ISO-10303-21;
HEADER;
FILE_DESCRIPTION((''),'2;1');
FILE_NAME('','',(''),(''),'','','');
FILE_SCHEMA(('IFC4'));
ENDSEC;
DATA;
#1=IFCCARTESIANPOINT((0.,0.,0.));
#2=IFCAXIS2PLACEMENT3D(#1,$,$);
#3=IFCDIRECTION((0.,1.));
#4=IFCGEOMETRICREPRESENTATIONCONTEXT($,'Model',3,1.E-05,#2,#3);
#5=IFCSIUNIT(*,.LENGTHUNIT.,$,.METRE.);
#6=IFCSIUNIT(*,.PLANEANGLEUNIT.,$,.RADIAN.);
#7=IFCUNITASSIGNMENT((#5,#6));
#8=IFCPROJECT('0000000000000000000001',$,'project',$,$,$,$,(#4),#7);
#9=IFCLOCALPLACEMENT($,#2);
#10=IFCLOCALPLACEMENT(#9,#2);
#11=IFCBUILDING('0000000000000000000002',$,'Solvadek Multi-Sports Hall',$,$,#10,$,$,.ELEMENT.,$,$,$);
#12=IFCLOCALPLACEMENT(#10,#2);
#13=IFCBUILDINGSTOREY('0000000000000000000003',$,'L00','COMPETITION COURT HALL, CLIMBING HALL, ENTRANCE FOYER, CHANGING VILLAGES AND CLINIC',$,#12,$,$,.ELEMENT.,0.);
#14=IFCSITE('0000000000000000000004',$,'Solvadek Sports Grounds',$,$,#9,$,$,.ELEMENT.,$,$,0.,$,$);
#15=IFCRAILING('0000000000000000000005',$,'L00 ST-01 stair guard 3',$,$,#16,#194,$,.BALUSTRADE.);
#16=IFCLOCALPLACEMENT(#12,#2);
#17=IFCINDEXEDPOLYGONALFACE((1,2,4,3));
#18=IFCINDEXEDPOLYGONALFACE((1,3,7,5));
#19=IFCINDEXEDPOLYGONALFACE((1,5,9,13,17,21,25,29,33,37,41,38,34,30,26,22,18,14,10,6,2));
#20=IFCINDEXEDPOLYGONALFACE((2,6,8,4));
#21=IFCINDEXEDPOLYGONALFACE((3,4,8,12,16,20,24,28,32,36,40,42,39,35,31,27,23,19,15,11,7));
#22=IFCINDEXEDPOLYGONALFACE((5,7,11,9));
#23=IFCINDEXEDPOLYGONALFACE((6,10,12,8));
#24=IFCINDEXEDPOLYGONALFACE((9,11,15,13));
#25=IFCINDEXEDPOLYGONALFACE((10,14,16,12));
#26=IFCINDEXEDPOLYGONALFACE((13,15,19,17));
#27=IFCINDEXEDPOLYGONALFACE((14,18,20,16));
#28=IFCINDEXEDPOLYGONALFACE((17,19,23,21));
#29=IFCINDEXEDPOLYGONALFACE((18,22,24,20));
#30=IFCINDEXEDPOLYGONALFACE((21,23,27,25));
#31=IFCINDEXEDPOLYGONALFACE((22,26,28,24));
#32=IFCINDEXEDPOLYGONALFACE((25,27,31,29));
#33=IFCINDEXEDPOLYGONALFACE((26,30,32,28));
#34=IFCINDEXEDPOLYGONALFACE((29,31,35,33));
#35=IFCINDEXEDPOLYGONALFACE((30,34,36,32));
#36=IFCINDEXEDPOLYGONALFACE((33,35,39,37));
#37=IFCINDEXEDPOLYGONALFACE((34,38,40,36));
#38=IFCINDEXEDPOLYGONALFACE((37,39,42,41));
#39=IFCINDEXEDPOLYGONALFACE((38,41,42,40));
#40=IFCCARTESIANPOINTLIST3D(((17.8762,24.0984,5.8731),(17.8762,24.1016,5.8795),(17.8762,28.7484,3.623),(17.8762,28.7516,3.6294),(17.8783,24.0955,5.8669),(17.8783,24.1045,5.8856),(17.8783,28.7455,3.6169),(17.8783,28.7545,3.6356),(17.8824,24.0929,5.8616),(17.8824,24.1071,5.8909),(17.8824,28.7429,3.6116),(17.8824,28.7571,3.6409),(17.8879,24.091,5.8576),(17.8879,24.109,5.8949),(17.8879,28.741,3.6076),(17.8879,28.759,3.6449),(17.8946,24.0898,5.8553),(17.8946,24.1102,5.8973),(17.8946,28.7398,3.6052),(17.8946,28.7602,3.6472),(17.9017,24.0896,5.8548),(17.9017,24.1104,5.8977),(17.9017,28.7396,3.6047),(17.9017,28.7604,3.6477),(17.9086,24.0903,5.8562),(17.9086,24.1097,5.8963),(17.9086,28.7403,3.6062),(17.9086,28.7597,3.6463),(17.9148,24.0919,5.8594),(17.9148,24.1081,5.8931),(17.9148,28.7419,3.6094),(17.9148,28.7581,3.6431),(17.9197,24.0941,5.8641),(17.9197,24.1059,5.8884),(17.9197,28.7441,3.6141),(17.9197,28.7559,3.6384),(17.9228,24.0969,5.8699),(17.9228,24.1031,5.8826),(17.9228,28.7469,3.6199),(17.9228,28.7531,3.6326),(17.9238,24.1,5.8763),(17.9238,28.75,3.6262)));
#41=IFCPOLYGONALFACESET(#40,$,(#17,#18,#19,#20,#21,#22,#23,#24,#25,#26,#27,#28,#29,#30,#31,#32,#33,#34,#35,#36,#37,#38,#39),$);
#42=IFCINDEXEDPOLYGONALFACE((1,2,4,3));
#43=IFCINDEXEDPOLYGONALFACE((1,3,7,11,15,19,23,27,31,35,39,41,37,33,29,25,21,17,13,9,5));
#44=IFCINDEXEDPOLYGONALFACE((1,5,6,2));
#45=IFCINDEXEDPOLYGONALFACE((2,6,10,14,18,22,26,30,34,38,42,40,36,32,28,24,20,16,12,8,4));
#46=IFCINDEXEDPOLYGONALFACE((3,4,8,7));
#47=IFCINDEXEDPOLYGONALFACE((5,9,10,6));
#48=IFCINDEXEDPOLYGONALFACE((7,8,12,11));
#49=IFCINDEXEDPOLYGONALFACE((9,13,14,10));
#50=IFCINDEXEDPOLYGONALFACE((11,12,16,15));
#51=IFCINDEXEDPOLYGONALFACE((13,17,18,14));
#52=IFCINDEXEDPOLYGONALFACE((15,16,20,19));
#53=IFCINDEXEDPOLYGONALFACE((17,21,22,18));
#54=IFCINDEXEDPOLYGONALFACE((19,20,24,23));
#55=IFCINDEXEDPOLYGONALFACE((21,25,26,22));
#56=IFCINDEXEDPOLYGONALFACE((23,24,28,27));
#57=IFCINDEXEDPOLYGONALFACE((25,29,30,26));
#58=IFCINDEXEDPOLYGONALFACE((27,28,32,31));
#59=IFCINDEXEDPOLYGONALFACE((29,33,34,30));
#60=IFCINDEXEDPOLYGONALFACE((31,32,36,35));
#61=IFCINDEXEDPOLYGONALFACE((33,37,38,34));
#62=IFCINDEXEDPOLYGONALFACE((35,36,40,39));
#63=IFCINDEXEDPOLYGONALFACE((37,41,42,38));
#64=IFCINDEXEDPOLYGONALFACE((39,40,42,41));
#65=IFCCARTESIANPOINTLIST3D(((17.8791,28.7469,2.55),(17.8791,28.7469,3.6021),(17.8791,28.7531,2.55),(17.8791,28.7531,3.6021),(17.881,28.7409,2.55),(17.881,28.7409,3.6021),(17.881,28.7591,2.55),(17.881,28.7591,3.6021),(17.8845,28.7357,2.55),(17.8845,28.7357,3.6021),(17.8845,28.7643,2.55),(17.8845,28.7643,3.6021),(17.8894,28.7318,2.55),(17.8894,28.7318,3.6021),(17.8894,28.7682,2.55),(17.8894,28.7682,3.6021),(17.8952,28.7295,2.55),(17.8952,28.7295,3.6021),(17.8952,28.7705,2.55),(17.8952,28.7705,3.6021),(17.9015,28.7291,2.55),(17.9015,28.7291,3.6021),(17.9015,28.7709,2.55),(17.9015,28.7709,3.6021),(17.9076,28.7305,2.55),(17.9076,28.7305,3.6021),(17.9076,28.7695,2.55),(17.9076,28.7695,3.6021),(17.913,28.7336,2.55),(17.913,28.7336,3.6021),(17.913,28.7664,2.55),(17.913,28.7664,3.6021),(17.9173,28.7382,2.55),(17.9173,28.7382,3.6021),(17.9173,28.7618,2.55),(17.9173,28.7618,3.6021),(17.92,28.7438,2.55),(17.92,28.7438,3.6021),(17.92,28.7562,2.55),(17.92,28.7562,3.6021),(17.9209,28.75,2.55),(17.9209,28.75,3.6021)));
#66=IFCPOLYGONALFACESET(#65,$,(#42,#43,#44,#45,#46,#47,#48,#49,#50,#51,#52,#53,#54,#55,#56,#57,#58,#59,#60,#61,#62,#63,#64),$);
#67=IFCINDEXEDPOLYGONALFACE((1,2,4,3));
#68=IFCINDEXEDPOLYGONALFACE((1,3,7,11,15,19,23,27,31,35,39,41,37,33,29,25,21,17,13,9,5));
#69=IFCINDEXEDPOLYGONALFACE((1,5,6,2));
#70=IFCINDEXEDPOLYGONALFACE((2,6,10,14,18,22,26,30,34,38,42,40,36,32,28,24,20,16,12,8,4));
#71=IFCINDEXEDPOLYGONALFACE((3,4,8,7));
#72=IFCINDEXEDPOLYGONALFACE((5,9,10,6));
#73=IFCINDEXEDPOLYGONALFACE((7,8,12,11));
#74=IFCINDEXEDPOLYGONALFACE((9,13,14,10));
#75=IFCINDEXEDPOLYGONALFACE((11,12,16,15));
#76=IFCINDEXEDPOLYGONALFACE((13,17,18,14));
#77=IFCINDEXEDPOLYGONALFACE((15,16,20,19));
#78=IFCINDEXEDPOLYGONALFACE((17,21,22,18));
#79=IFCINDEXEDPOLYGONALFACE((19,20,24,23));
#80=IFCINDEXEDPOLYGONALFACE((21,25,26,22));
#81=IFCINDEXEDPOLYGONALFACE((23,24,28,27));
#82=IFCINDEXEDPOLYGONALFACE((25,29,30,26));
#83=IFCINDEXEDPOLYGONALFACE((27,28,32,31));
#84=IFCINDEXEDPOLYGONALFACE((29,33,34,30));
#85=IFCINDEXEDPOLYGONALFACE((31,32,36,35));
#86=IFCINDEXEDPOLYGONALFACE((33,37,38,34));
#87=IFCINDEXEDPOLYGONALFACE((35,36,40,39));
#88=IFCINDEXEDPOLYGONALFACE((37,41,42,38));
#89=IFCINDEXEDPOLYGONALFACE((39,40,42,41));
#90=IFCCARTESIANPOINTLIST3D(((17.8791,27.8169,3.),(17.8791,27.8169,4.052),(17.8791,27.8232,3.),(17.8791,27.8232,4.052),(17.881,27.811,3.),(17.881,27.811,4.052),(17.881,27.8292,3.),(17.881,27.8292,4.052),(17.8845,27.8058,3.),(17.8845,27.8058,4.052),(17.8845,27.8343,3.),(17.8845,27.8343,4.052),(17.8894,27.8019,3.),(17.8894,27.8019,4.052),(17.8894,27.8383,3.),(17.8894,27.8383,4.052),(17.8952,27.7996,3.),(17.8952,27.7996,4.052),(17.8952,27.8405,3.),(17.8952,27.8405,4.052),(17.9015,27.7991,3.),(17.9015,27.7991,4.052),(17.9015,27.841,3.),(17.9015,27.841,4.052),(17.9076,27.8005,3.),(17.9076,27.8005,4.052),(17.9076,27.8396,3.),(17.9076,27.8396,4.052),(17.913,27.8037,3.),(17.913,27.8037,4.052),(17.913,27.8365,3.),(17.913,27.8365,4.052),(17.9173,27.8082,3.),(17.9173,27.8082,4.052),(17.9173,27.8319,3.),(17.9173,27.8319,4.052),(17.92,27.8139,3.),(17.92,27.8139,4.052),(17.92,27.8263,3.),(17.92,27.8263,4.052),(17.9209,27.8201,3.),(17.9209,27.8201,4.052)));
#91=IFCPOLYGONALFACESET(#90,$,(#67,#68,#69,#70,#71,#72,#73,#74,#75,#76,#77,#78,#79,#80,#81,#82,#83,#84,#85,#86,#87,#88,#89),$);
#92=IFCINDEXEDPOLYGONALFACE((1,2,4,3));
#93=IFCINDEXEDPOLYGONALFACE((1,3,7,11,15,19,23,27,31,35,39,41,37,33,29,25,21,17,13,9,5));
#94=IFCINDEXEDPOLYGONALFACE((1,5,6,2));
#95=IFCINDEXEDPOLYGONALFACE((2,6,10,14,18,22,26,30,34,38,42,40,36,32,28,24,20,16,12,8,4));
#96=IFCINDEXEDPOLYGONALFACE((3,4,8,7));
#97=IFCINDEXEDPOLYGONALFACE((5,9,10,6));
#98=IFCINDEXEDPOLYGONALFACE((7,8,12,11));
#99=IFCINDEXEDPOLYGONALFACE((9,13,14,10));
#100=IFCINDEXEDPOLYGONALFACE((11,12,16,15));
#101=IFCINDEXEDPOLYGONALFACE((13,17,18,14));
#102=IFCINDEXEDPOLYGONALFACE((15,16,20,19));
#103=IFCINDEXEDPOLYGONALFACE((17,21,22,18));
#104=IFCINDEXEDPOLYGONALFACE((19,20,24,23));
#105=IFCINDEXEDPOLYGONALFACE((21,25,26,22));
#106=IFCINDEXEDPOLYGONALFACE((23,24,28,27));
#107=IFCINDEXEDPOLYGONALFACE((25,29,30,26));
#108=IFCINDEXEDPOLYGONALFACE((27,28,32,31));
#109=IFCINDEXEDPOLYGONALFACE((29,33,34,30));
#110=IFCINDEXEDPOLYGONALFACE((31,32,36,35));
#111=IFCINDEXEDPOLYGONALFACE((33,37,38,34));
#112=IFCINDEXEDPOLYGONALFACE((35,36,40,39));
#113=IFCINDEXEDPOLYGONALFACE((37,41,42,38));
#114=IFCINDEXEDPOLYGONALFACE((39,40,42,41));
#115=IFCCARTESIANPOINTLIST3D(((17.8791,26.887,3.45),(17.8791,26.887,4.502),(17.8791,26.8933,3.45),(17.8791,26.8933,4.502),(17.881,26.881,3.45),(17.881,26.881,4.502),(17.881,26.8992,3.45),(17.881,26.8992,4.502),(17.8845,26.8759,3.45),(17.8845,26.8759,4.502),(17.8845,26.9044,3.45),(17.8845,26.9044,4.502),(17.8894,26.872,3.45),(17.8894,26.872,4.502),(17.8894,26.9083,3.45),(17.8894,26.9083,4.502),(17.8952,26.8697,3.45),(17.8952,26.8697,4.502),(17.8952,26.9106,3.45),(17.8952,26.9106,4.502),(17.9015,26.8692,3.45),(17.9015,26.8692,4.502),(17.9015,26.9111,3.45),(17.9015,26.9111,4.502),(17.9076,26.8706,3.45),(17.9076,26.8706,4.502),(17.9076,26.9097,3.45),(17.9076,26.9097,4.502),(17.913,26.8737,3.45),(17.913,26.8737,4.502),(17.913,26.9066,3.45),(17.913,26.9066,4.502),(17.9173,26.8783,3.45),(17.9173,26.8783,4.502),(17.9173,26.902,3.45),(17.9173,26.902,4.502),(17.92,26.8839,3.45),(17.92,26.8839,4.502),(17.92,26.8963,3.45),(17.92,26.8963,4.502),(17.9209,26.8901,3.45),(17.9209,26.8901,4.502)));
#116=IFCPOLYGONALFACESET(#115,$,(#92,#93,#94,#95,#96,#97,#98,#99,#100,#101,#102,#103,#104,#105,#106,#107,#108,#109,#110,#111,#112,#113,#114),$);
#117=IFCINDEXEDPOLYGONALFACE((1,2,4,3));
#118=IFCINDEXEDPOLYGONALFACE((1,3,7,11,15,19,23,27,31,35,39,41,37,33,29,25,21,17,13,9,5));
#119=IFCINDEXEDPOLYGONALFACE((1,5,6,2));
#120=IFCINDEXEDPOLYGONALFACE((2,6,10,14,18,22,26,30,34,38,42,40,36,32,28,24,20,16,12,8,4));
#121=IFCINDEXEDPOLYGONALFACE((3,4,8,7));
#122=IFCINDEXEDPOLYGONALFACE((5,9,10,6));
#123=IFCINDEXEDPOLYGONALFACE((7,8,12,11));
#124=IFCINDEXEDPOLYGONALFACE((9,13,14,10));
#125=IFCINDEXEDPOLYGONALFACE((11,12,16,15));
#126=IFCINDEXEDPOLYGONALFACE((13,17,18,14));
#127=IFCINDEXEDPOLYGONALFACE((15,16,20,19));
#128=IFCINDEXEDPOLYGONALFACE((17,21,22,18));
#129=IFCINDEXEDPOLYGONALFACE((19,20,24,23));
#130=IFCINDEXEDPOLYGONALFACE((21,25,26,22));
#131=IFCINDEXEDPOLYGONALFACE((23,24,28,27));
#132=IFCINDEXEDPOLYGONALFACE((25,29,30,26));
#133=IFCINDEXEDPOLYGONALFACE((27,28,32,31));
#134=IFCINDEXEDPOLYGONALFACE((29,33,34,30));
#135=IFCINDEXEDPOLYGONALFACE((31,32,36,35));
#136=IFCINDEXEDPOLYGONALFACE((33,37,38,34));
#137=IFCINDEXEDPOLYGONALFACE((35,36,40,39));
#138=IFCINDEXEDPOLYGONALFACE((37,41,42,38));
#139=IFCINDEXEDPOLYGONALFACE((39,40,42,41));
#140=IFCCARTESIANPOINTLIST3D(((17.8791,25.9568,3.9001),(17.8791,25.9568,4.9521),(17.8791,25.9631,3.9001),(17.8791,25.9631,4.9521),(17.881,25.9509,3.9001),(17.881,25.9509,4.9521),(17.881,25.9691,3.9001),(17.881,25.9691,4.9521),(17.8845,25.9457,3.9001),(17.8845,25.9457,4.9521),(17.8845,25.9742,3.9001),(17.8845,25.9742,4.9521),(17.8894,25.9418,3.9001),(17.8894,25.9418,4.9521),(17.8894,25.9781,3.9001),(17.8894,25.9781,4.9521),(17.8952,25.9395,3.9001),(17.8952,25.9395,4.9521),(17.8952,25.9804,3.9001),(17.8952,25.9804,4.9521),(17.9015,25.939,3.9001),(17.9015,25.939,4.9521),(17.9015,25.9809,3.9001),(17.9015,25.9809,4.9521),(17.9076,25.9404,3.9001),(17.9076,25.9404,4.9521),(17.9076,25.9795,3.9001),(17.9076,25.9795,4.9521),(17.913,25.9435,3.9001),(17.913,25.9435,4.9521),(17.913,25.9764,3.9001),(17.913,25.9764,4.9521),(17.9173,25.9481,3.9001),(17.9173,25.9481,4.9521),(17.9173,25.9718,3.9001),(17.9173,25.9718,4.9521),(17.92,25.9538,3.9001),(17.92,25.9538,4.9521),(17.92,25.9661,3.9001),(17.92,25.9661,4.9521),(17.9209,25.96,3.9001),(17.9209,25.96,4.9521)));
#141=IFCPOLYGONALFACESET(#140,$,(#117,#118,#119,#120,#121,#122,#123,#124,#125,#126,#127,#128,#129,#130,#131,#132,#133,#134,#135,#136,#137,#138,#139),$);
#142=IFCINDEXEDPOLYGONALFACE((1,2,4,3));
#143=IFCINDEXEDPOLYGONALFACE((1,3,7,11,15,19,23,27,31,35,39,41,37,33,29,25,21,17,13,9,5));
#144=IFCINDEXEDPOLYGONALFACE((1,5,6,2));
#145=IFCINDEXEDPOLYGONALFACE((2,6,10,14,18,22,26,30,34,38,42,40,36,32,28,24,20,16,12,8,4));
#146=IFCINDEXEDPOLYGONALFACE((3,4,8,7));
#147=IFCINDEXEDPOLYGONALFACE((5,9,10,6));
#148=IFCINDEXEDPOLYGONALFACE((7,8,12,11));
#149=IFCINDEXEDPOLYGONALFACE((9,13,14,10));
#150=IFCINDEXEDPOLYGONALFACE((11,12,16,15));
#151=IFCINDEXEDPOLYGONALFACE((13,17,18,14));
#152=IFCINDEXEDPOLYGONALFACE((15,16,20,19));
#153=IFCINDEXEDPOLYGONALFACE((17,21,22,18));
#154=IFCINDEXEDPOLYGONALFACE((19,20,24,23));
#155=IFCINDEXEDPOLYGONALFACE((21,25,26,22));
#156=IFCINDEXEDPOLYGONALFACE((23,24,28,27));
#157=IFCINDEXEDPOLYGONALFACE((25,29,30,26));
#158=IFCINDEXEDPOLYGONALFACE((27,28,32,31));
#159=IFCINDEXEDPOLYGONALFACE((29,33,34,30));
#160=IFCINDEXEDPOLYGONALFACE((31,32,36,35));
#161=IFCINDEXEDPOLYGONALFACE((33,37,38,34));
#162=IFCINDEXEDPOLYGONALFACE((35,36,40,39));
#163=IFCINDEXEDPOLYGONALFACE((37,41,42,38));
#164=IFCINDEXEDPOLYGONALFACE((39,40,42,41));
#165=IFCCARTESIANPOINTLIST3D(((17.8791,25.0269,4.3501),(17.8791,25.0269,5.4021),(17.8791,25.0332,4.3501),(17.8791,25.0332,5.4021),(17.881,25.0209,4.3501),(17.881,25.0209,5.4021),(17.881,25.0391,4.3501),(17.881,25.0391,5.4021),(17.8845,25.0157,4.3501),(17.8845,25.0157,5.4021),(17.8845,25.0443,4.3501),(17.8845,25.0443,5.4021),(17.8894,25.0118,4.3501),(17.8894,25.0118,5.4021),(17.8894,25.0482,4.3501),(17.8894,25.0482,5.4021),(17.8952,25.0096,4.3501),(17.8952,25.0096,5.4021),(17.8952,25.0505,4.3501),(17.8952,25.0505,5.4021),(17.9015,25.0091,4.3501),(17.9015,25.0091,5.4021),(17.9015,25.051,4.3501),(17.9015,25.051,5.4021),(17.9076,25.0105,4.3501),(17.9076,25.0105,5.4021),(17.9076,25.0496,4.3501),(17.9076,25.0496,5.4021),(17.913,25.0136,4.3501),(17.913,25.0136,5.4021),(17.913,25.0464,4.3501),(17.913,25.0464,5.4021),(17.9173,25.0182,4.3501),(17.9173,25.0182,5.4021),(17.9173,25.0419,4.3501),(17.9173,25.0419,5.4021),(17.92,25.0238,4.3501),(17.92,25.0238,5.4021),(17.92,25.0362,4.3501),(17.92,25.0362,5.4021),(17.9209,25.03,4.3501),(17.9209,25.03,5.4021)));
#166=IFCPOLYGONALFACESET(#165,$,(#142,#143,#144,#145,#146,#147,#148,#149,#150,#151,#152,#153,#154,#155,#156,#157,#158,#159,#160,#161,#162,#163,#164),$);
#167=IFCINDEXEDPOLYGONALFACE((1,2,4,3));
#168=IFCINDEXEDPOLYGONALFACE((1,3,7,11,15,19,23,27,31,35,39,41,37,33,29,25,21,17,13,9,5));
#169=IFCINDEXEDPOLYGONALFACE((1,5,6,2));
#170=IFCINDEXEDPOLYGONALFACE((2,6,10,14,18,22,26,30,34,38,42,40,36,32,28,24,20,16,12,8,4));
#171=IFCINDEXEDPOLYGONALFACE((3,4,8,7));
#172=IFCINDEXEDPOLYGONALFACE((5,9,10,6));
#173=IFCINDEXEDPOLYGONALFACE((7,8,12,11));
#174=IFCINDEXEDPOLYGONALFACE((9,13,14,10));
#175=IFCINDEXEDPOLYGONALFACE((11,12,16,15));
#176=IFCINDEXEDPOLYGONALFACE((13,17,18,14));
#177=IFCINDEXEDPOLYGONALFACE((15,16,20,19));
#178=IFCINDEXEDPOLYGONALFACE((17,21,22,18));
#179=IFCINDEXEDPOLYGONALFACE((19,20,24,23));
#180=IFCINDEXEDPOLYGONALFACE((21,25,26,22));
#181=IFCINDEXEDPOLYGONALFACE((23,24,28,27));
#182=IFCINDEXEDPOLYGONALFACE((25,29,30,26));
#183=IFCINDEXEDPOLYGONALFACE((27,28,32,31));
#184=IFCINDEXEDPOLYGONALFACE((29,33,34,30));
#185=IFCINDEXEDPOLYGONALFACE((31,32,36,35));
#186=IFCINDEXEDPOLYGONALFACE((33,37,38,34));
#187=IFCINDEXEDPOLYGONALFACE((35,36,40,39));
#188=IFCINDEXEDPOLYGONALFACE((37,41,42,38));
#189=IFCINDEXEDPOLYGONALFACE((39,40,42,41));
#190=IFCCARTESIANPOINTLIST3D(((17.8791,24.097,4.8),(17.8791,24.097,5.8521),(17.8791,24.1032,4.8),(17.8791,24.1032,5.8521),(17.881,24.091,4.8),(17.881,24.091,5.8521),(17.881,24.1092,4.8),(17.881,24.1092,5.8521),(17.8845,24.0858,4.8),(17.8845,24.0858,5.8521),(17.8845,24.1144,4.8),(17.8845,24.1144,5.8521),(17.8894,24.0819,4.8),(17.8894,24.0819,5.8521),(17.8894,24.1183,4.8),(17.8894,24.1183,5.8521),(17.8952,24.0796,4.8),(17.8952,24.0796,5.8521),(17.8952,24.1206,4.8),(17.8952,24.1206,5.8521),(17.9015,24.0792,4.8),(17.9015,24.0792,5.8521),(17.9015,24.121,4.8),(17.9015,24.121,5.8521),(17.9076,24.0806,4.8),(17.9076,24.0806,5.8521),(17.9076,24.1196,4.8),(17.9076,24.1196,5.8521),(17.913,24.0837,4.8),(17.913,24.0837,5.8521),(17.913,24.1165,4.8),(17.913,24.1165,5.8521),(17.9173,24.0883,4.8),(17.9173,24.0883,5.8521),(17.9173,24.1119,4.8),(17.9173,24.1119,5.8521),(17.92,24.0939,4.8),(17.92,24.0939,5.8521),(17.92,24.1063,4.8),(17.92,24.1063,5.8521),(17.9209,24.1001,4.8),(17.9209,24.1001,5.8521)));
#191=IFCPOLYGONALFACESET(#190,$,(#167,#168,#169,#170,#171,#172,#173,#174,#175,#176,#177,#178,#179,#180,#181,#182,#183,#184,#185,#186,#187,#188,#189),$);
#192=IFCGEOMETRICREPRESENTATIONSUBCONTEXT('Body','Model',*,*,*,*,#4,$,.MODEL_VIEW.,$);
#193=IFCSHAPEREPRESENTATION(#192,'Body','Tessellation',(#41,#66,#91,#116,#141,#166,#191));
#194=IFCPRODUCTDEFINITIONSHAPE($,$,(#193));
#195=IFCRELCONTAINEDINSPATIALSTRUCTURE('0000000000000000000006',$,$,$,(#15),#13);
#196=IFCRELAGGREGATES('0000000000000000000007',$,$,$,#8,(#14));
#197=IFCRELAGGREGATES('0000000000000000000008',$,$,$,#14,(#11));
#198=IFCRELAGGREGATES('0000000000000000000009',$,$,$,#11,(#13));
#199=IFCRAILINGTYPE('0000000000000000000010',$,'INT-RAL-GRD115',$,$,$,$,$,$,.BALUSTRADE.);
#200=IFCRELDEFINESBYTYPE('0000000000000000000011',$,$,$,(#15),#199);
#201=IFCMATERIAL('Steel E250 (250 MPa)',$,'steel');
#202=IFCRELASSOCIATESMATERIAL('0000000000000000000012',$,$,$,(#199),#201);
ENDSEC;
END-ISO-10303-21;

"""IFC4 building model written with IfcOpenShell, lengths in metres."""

from ifc_helpers import new_model, si_unit, direction, frame, origin, origin_2d, place, context, subcontext, project, spatial, circle, extrude, material, type_object, element, save


model = new_model("IFC4")

# Units and contexts
model_context = context("Model", 3, precision=1e-05, world=origin(), true_north=direction((0.0, 1.0)))
body_context = subcontext(model_context, "Body", "Model", "MODEL_VIEW")
ifc_project = project(units=[si_unit("LENGTHUNIT", "METRE"), si_unit("PLANEANGLEUNIT", "RADIAN")], contexts=[model_context])

# Site, building, storey
site_placement = place(None, origin())
site = spatial("IfcSite", under=ifc_project, at=site_placement, Name="Solvadek Sports Grounds", CompositionType="ELEMENT", RefElevation=0.0)
building_placement = place(site_placement, origin())
building = spatial("IfcBuilding", under=site, at=building_placement, Name="Solvadek Multi-Sports Hall", CompositionType="ELEMENT")
storey_placement = place(building_placement, origin())
storey = spatial("IfcBuildingStorey", under=building, at=storey_placement, Name="L00", Description="COMPETITION COURT HALL, CLIMBING HALL, ENTRANCE FOYER, CHANGING VILLAGES AND CLINIC", CompositionType="ELEMENT", Elevation=0.0)

# Railing
ifc_material_1 = material(Name="Steel E250 (250 MPa)", Category="steel")
railing_type_1 = type_object("IfcRailingType", Name="INT-RAL-GRD115", PredefinedType="BALUSTRADE", material=ifc_material_1)
railing_1_placement = place(storey_placement, frame((17.8999, 28.75, 2.55)))
element("IfcRailing", 1, at=railing_1_placement, inside=storey, type_object=railing_type_1, Name="L00 ST-01 stair guard 3", PredefinedType="BALUSTRADE", context=body_context, shape_type="SweptSolid", body=[
    extrude(circle(Radius=0.0239, at=origin_2d()), frame((0.0, 0.0, 1.0762), z_axis=(0.0, -0.900156, 0.435568), x_axis=(1.0, 0.0, 0.0)), (0.0, 0.0, 1.0), 5.1658),
    extrude(circle(Radius=0.021, at=origin_2d()), origin(), (0.0, 0.0, 1.0), 1.052),
    extrude(circle(Radius=0.021, at=origin_2d()), frame((0.0, -0.9299, 0.45)), (0.0, 0.0, 1.0), 1.052),
    extrude(circle(Radius=0.021, at=origin_2d()), frame((0.0, -1.8599, 0.8999)), (0.0, 0.0, 1.0), 1.052),
    extrude(circle(Radius=0.021, at=origin_2d()), frame((0.0, -2.79, 1.3501)), (0.0, 0.0, 1.0), 1.052),
    extrude(circle(Radius=0.021, at=origin_2d()), frame((0.0, -3.72, 1.8)), (0.0, 0.0, 1.0), 1.052),
    extrude(circle(Radius=0.021, at=origin_2d()), frame((0.0, -4.6499, 2.25)), (0.0, 0.0, 1.0), 1.052),
])

save(model, "model.ifc")
